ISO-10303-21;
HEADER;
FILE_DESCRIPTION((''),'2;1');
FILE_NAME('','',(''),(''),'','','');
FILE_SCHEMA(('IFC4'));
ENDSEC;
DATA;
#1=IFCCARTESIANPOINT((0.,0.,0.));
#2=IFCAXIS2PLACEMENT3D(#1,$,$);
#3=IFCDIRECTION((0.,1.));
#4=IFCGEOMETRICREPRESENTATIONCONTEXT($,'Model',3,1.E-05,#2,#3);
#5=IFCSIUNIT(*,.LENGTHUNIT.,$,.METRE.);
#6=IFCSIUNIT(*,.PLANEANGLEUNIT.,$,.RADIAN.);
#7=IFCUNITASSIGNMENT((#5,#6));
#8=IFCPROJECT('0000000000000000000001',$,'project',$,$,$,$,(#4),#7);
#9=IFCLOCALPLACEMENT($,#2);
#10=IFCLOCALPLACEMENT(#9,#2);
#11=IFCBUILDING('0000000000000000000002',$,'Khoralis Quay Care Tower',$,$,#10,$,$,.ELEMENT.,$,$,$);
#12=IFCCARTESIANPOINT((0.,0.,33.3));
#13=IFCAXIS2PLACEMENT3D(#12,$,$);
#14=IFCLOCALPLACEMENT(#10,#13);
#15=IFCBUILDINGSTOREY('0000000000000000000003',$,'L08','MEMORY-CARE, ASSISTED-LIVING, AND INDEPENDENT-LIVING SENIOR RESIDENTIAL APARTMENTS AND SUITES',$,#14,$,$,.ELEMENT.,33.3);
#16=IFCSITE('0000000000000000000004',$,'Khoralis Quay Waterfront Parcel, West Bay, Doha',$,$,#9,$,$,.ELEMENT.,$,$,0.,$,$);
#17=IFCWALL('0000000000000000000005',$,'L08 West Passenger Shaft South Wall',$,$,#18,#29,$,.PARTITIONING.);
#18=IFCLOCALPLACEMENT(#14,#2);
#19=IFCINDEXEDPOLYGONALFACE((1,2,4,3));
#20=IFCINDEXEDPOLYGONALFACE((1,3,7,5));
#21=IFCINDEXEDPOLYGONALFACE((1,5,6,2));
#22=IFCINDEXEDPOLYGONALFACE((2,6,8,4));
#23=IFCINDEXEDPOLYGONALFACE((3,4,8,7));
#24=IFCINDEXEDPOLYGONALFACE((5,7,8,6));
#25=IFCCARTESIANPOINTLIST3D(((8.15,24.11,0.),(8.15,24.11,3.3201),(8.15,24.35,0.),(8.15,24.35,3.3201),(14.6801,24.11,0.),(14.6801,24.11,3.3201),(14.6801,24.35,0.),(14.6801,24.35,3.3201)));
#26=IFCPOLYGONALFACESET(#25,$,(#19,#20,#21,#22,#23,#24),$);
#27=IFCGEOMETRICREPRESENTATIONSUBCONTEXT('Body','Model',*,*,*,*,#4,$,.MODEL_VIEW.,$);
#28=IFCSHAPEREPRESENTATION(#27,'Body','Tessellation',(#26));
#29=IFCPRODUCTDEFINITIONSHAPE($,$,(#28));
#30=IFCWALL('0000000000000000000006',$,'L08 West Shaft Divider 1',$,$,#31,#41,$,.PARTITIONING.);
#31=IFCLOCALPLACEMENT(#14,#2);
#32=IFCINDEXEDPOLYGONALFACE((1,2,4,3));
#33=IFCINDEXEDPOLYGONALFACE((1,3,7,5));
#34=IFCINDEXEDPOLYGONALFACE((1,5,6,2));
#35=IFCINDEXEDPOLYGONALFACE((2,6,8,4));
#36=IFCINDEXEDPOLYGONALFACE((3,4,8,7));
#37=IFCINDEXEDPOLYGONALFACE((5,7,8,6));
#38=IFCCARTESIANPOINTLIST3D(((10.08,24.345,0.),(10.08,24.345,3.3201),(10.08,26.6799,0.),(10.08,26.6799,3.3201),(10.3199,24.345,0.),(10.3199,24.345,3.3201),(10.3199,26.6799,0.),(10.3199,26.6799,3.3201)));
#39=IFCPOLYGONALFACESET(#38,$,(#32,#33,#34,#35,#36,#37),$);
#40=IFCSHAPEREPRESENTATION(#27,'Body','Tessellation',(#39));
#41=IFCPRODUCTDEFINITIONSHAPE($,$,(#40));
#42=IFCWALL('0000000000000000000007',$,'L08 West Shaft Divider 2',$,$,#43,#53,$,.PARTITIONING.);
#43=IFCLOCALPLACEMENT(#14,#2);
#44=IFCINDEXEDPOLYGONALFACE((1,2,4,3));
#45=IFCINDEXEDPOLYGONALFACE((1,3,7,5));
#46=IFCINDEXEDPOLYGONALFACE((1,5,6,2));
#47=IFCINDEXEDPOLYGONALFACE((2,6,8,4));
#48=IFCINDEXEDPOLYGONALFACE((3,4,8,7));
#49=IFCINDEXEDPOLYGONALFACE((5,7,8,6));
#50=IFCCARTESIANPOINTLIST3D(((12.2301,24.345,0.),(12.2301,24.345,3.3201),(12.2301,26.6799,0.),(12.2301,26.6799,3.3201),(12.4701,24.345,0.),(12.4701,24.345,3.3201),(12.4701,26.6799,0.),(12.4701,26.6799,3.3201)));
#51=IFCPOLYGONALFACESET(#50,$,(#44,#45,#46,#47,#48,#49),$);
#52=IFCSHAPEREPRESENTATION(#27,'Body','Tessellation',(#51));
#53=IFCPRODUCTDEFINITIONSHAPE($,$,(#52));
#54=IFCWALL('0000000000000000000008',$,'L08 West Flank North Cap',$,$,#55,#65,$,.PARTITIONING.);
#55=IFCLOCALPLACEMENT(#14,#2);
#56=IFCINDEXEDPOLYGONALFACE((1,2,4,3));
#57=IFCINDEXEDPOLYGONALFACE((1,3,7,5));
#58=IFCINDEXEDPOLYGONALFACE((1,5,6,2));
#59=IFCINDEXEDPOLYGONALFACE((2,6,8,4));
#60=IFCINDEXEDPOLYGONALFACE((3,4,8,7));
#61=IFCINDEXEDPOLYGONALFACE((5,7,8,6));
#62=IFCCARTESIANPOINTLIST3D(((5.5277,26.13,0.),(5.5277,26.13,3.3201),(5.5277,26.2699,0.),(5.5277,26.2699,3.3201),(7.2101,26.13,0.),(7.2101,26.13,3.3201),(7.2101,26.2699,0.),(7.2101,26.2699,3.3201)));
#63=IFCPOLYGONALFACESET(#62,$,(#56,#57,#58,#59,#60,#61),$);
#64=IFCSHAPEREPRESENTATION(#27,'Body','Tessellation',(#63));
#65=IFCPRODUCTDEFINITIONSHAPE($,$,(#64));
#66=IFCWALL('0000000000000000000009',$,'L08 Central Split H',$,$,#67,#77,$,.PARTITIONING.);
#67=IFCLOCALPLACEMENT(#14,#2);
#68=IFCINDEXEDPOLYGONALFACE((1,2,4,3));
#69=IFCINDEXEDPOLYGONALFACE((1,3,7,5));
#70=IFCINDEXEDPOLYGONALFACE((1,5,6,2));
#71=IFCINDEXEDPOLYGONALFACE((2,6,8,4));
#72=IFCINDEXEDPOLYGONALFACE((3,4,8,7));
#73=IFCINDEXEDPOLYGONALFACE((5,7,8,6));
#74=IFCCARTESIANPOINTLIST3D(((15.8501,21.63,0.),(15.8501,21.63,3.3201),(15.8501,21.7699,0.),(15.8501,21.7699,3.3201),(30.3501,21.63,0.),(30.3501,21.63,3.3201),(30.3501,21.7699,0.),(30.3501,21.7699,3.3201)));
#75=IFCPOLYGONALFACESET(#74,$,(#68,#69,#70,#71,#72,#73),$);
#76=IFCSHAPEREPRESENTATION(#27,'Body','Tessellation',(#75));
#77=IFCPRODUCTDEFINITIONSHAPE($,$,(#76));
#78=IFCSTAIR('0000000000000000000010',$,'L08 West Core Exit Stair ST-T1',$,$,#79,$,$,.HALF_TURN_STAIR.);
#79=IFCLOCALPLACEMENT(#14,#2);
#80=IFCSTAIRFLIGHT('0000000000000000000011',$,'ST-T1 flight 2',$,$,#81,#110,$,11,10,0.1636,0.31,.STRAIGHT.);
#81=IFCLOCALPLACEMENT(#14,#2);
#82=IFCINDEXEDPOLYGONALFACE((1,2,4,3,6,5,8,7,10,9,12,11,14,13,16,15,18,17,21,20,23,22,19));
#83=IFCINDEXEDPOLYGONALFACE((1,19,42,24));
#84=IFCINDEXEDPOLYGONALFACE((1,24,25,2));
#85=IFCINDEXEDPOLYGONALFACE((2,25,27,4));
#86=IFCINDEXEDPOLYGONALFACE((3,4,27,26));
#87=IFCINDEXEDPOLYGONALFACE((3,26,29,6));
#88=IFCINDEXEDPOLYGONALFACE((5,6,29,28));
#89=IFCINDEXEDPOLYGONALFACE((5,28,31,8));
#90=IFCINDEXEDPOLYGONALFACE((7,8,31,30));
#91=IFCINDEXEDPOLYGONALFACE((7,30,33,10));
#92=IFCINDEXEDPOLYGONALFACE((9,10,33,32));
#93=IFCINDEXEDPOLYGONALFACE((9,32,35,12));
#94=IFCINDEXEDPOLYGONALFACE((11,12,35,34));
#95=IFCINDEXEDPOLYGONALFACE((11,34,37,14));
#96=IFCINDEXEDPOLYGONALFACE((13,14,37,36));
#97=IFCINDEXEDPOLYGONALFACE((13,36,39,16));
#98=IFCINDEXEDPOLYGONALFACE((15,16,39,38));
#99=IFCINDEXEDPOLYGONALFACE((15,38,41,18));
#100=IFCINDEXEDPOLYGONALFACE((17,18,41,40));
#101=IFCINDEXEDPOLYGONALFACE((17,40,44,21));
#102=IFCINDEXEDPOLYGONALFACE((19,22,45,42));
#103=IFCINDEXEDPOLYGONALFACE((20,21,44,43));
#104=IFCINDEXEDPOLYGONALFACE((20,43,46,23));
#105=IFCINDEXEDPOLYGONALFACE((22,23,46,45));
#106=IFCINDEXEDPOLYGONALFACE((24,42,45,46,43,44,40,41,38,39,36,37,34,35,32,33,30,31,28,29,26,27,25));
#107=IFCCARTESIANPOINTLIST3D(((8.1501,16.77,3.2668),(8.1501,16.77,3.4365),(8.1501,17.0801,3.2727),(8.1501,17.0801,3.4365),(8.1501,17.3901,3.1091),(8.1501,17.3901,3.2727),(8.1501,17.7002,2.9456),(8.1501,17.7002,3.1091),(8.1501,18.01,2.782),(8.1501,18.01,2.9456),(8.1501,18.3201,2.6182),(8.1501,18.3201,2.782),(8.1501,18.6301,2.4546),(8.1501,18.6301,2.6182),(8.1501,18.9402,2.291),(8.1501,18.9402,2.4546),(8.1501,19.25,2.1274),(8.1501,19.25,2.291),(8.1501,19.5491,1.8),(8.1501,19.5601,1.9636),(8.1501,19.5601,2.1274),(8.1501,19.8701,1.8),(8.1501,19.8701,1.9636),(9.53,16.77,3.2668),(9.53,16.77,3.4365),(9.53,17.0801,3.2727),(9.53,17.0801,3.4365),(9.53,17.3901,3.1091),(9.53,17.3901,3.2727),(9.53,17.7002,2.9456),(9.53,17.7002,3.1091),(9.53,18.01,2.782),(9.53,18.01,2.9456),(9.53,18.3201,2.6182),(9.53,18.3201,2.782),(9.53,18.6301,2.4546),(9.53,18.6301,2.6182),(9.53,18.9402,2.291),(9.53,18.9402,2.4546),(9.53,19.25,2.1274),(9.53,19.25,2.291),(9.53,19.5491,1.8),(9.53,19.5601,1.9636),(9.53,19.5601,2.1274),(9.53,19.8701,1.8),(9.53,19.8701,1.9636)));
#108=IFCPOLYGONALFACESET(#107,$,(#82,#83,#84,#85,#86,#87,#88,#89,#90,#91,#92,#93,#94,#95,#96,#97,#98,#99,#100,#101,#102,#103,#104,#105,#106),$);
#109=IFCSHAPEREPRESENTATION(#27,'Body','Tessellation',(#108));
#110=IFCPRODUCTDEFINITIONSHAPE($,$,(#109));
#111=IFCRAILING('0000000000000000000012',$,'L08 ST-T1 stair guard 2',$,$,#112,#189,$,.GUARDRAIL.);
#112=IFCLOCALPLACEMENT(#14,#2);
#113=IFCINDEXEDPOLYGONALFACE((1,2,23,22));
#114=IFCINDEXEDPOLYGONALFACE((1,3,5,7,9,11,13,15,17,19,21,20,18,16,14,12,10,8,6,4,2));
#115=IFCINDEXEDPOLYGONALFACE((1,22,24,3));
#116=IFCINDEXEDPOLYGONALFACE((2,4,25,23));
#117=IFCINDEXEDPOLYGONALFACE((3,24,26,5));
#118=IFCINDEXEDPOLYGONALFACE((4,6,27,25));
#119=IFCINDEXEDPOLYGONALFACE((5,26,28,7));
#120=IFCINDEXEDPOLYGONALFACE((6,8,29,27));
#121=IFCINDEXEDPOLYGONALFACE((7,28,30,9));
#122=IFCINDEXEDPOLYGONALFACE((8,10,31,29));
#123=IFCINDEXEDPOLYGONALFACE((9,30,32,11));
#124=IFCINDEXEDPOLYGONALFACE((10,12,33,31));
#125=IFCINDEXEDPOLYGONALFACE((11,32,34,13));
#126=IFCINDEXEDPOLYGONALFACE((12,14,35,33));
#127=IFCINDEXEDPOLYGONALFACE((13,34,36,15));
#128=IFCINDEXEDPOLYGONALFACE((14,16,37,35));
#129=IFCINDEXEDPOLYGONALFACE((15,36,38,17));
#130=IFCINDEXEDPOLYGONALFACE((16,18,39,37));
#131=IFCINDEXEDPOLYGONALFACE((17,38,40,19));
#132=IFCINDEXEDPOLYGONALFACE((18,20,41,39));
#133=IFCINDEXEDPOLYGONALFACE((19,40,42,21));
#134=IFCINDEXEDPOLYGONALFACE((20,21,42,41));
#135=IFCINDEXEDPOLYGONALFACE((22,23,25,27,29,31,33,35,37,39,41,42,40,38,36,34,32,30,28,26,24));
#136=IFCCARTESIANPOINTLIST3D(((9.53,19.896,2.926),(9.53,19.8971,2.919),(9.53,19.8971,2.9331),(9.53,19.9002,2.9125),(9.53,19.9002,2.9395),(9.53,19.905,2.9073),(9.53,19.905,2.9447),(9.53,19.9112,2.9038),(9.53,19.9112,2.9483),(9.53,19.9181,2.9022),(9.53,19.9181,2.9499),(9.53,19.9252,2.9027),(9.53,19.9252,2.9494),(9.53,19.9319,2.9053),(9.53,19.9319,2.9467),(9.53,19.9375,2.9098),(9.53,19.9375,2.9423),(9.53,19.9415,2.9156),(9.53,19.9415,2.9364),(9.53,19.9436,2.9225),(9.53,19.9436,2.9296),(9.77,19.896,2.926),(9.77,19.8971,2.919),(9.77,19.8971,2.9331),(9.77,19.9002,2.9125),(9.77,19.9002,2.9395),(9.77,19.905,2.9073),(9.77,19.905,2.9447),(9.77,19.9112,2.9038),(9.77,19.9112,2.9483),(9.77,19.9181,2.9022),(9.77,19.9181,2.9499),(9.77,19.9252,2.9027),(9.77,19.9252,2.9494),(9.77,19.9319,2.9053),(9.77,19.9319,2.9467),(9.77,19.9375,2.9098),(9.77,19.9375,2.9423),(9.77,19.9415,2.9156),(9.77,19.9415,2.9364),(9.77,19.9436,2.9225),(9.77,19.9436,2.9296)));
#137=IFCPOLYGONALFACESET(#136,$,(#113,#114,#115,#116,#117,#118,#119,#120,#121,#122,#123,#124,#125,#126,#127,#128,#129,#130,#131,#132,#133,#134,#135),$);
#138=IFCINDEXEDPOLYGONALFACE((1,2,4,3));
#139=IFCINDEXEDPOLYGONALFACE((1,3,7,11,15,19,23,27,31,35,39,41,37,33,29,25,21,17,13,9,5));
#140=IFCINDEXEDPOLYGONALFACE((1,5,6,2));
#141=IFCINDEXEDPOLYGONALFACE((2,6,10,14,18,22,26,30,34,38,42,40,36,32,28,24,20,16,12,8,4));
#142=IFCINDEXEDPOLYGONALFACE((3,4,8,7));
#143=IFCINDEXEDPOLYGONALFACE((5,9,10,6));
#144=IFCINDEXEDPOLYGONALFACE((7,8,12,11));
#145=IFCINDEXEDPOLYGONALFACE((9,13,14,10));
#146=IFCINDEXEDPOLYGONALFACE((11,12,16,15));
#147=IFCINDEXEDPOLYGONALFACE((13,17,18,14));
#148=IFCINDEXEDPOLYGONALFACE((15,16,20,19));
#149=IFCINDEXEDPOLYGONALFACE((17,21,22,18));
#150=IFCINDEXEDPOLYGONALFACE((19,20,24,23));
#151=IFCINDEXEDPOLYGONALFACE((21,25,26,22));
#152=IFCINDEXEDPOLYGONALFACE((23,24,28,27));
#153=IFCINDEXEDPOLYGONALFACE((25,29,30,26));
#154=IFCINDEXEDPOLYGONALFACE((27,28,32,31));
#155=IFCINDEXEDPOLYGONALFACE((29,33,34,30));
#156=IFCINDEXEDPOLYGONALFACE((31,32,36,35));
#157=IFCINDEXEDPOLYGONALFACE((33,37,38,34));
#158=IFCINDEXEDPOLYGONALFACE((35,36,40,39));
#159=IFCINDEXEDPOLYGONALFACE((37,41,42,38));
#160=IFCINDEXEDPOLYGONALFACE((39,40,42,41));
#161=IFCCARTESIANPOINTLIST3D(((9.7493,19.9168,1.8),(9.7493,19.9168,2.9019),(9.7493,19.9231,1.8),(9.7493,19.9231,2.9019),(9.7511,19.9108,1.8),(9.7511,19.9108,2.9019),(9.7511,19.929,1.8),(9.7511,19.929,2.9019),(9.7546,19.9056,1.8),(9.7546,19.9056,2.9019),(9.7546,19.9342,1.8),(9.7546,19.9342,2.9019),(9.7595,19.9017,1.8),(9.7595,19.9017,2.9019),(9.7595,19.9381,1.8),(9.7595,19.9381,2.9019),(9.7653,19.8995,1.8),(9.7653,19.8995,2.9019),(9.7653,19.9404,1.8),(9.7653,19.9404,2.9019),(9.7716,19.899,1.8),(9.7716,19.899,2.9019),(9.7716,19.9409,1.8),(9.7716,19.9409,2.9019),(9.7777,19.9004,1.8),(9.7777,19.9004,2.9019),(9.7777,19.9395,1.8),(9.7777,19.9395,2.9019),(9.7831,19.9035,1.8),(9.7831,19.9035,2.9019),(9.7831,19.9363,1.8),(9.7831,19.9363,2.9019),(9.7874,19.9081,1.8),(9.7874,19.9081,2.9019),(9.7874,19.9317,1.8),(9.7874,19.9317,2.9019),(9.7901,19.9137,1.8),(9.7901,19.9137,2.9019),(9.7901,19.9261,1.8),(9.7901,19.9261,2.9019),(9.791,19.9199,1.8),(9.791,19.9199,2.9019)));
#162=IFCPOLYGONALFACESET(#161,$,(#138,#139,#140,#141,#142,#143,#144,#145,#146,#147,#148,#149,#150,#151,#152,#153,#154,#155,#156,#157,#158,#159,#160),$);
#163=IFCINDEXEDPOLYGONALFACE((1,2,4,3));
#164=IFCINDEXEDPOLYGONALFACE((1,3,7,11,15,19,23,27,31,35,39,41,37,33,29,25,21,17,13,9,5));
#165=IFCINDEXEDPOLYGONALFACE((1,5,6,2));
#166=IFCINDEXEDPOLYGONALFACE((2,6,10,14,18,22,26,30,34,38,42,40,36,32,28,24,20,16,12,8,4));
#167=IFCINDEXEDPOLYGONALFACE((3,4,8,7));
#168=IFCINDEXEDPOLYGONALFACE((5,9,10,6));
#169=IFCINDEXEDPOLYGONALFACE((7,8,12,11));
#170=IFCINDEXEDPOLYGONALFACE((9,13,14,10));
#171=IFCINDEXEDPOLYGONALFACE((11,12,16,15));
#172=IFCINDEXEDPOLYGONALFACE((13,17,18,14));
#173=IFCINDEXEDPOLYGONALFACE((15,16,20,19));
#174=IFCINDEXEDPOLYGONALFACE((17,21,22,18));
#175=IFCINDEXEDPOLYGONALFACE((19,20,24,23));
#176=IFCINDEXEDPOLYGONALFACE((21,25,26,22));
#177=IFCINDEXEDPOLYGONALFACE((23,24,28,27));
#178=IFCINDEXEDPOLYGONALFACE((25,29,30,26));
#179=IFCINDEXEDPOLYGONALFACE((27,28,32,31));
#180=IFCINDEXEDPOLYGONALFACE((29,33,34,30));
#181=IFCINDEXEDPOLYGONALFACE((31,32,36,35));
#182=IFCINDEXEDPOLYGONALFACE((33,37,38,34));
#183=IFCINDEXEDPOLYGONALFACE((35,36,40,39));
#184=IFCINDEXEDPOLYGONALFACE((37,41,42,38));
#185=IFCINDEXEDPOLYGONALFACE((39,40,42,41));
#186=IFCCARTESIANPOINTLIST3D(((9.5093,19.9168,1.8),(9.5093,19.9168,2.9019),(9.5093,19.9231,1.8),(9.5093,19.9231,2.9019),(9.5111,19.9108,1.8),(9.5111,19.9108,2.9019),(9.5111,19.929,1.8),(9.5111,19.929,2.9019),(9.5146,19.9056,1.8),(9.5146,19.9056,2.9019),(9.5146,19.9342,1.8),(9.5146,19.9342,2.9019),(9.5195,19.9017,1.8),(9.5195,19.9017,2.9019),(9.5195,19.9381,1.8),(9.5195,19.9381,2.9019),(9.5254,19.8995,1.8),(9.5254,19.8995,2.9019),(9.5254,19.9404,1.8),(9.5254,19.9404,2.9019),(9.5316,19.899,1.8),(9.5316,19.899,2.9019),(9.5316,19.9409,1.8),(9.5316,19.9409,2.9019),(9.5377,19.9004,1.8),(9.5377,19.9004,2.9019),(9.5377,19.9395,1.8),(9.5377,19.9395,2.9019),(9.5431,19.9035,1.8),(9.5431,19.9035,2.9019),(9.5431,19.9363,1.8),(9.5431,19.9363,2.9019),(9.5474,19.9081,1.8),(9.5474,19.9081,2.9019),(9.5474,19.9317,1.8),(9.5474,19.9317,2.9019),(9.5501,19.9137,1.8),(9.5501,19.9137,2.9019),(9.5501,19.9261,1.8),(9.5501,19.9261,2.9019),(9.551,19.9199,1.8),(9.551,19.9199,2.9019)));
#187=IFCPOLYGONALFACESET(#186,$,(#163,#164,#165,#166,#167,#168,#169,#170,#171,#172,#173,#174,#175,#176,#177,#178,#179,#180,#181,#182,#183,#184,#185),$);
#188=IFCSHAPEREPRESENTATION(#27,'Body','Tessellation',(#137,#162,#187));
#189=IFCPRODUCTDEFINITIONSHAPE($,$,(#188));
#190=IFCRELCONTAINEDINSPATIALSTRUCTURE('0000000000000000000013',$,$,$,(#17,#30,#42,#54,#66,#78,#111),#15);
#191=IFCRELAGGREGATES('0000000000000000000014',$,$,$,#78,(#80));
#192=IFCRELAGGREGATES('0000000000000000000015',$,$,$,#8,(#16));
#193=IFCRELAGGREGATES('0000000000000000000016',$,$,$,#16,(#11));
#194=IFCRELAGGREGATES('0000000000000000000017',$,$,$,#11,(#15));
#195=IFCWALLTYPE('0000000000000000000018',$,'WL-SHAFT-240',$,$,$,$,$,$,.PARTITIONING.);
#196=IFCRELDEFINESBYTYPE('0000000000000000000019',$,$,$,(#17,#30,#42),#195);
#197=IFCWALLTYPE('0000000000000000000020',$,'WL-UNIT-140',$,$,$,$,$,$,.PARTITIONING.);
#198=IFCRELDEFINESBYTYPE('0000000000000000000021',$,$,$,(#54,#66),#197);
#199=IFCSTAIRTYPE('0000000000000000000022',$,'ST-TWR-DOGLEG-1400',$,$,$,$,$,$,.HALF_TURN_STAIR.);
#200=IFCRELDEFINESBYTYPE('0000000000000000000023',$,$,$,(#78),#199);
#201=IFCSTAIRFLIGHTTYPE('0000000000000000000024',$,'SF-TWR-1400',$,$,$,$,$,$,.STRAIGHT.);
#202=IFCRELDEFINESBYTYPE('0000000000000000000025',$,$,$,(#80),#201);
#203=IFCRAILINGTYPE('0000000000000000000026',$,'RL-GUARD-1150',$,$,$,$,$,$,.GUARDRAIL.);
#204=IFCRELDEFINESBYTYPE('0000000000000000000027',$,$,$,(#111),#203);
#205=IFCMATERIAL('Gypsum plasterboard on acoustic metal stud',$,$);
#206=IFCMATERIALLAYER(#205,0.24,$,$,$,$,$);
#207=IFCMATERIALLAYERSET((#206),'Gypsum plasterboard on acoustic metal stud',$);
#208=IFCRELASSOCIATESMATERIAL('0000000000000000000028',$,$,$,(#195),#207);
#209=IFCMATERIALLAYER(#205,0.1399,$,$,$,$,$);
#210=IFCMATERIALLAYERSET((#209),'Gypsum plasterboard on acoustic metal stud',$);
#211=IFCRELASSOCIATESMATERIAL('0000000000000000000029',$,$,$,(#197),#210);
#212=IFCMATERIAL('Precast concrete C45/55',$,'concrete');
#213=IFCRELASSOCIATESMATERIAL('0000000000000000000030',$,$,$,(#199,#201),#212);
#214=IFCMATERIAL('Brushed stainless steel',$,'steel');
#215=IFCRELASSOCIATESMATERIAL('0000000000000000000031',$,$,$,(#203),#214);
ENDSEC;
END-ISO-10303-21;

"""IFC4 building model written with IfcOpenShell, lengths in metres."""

from ifc_helpers import new_model, si_unit, direction, frame, frame_2d, origin, origin_2d, place, context, subcontext, project, spatial, polyline, rectangle, circle, outline, extrude, source, transform, mapped, material, layer, layer_set, type_object, element, aggregate, save


model = new_model("IFC4")

# Units and contexts
model_context = context("Model", 3, precision=1e-05, world=origin(), true_north=direction((0.0, 1.0)))
body_context = subcontext(model_context, "Body", "Model", "MODEL_VIEW")
ifc_project = project(units=[si_unit("LENGTHUNIT", "METRE"), si_unit("PLANEANGLEUNIT", "RADIAN")], contexts=[model_context])

# Site, building, storey
site_placement = place(None, origin())
site = spatial("IfcSite", under=ifc_project, at=site_placement, Name="Khoralis Quay Waterfront Parcel, West Bay, Doha", CompositionType="ELEMENT", RefElevation=0.0)
building_placement = place(site_placement, origin())
building = spatial("IfcBuilding", under=site, at=building_placement, Name="Khoralis Quay Care Tower", CompositionType="ELEMENT")
storey_placement = place(building_placement, frame((0.0, 0.0, 33.3)))
storey = spatial("IfcBuildingStorey", under=building, at=storey_placement, Name="L08", Description="MEMORY-CARE, ASSISTED-LIVING, AND INDEPENDENT-LIVING SENIOR RESIDENTIAL APARTMENTS AND SUITES", CompositionType="ELEMENT", Elevation=33.3)

# Shared definitions
ifc_material_1 = material(Name="Brushed stainless steel", Category="steel")

# Shared definitions
ifc_material_2 = material(Name="Gypsum plasterboard on acoustic metal stud")

# Walls
ifc_layer_1 = layer(ifc_material_2, 0.24)
ifc_layer_set_1 = layer_set([ifc_layer_1], Name="Gypsum plasterboard on acoustic metal stud")
wall_type_1 = type_object("IfcWallType", Name="WL-SHAFT-240", PredefinedType="PARTITIONING", material=ifc_layer_set_1)
wall_1_placement = place(storey_placement, frame((8.1499, 24.23, 0.0), z_axis=(0.0, 0.0, 1.0), x_axis=(1.0, 0.0, 0.0)))
element("IfcWall", 1, at=wall_1_placement, inside=storey, type_object=wall_type_1, Name="L08 West Passenger Shaft South Wall", PredefinedType="PARTITIONING", context=body_context, shape_type="SweptSolid", body=[
    extrude(rectangle(XDim=6.53, YDim=0.24, at=frame_2d((3.2651, 0.0))), origin(), (0.0, 0.0, 1.0), 3.3201),
])
for number, where, z_axis, x_axis, name in (
    (2, (10.2, 24.345, 0.0), (0.0, 0.0, 1.0), (0.0, 1.0, 0.0), "L08 West Shaft Divider 1"),
    (3, (12.3501, 24.345, 0.0), (0.0, 0.0, 1.0), (0.0, 1.0, 0.0), "L08 West Shaft Divider 2"),
):
    element("IfcWall", number, at=place(storey_placement, frame(where, z_axis=z_axis, x_axis=x_axis)), inside=storey, type_object=wall_type_1, Name=name, PredefinedType="PARTITIONING", context=body_context, shape_type="SweptSolid", body=[
        extrude(rectangle(XDim=2.335, YDim=0.24, at=frame_2d((1.1675, 0.0))), origin(), (0.0, 0.0, 1.0), 3.3201),
    ])
ifc_layer_2 = layer(ifc_material_2, 0.1399)
ifc_layer_set_2 = layer_set([ifc_layer_2], Name="Gypsum plasterboard on acoustic metal stud")
wall_type_2 = type_object("IfcWallType", Name="WL-UNIT-140", PredefinedType="PARTITIONING", material=ifc_layer_set_2)
wall_2_placement = place(storey_placement, frame((5.5276, 26.2, 0.0), z_axis=(0.0, 0.0, 1.0), x_axis=(1.0, 0.0, 0.0)))
element("IfcWall", 4, at=wall_2_placement, inside=storey, type_object=wall_type_2, Name="L08 West Flank North Cap", PredefinedType="PARTITIONING", context=body_context, shape_type="SweptSolid", body=[
    extrude(rectangle(XDim=1.6824, YDim=0.1399, at=frame_2d((0.8413, 0.0))), origin(), (0.0, 0.0, 1.0), 3.3201),
])
wall_3_placement = place(storey_placement, frame((15.8501, 21.7, 0.0), z_axis=(0.0, 0.0, 1.0), x_axis=(1.0, 0.0, 0.0)))
element("IfcWall", 5, at=wall_3_placement, inside=storey, type_object=wall_type_2, Name="L08 Central Split H", PredefinedType="PARTITIONING", context=body_context, shape_type="SweptSolid", body=[
    extrude(rectangle(XDim=14.5, YDim=0.1399, at=frame_2d((7.25, 0.0))), origin(), (0.0, 0.0, 1.0), 3.3201),
])

# Stair, stair flight
ifc_material_3 = material(Name="Precast concrete C45/55", Category="concrete")
stair_type = type_object("IfcStairType", Name="ST-TWR-DOGLEG-1400", PredefinedType="HALF_TURN_STAIR", material=ifc_material_3)
stair_placement = place(storey_placement, origin())
stair = element("IfcStair", 6, at=stair_placement, inside=storey, type_object=stair_type, Name="L08 West Core Exit Stair ST-T1", PredefinedType="HALF_TURN_STAIR")
stair_flight_type = type_object("IfcStairFlightType", Name="SF-TWR-1400", PredefinedType="STRAIGHT", material=ifc_material_3)
shared_shape_1 = source(origin(), body_context, "Body", "SweptSolid", [
    extrude(outline(polyline([(0.0, 0.0), (0.0, 0.1636), (0.3101, 0.1636), (0.3101, 0.3274), (0.6201, 0.3274), (0.6201, 0.491), (0.9299, 0.491), (0.9299, 0.6545), (1.24, 0.6545), (1.24, 0.8181), (1.55, 0.8181), (1.55, 0.9819), (1.8601, 0.9819), (1.8601, 1.1455), (2.1699, 1.1455), (2.1699, 1.3091), (2.48, 1.3091), (2.48, 1.4727), (2.79, 1.4727), (2.79, 1.6365), (3.1001, 1.6365), (3.1001, 1.8), (3.1001, 1.4668), (0.321, 0.0), (0.0, 0.0)])), frame((0.0, 0.6899, 0.0), z_axis=(0.0, -1.0, 0.0), x_axis=(1.0, 0.0, 0.0)), (0.0, 0.0, 1.0), 1.3799),
])
stair_flight_placement = place(storey_placement, frame((8.8401, 19.8701, 1.8), z_axis=(0.0, 0.0, 1.0), x_axis=(0.0, -1.0, 0.0)))
stair_flight = element("IfcStairFlight", 7, at=stair_flight_placement, type_object=stair_flight_type, Name="ST-T1 flight 2", NumberOfRisers=11, NumberOfTreads=10, PredefinedType="STRAIGHT", RiserHeight=0.1636, TreadLength=0.31, context=body_context, shape_type="MappedRepresentation", body=[
    mapped(shared_shape_1, transform((0.0, 0.0, 0.0), scale=1.0)),
])
aggregate(stair, [stair_flight])

# Railing
railing_type_1 = type_object("IfcRailingType", Name="RL-GUARD-1150", PredefinedType="GUARDRAIL", material=ifc_material_1)
railing_1_placement = place(storey_placement, frame((9.77, 19.9199, 1.8)))
element("IfcRailing", 8, at=railing_1_placement, inside=storey, type_object=railing_type_1, Name="L08 ST-T1 stair guard 2", PredefinedType="GUARDRAIL", context=body_context, shape_type="SweptSolid", body=[
    extrude(circle(Radius=0.0239, at=origin_2d()), frame((0.0, 0.0, 1.126), z_axis=(-1.0, 0.0, 0.0), x_axis=(0.0, -1.0, 0.0)), (0.0, 0.0, 1.0), 0.24),
    extrude(circle(Radius=0.021, at=origin_2d()), origin(), (0.0, 0.0, 1.0), 1.1018),
    extrude(circle(Radius=0.021, at=origin_2d()), frame((-0.24, 0.0, 0.0)), (0.0, 0.0, 1.0), 1.1018),
])

save(model, "model.ifc")
